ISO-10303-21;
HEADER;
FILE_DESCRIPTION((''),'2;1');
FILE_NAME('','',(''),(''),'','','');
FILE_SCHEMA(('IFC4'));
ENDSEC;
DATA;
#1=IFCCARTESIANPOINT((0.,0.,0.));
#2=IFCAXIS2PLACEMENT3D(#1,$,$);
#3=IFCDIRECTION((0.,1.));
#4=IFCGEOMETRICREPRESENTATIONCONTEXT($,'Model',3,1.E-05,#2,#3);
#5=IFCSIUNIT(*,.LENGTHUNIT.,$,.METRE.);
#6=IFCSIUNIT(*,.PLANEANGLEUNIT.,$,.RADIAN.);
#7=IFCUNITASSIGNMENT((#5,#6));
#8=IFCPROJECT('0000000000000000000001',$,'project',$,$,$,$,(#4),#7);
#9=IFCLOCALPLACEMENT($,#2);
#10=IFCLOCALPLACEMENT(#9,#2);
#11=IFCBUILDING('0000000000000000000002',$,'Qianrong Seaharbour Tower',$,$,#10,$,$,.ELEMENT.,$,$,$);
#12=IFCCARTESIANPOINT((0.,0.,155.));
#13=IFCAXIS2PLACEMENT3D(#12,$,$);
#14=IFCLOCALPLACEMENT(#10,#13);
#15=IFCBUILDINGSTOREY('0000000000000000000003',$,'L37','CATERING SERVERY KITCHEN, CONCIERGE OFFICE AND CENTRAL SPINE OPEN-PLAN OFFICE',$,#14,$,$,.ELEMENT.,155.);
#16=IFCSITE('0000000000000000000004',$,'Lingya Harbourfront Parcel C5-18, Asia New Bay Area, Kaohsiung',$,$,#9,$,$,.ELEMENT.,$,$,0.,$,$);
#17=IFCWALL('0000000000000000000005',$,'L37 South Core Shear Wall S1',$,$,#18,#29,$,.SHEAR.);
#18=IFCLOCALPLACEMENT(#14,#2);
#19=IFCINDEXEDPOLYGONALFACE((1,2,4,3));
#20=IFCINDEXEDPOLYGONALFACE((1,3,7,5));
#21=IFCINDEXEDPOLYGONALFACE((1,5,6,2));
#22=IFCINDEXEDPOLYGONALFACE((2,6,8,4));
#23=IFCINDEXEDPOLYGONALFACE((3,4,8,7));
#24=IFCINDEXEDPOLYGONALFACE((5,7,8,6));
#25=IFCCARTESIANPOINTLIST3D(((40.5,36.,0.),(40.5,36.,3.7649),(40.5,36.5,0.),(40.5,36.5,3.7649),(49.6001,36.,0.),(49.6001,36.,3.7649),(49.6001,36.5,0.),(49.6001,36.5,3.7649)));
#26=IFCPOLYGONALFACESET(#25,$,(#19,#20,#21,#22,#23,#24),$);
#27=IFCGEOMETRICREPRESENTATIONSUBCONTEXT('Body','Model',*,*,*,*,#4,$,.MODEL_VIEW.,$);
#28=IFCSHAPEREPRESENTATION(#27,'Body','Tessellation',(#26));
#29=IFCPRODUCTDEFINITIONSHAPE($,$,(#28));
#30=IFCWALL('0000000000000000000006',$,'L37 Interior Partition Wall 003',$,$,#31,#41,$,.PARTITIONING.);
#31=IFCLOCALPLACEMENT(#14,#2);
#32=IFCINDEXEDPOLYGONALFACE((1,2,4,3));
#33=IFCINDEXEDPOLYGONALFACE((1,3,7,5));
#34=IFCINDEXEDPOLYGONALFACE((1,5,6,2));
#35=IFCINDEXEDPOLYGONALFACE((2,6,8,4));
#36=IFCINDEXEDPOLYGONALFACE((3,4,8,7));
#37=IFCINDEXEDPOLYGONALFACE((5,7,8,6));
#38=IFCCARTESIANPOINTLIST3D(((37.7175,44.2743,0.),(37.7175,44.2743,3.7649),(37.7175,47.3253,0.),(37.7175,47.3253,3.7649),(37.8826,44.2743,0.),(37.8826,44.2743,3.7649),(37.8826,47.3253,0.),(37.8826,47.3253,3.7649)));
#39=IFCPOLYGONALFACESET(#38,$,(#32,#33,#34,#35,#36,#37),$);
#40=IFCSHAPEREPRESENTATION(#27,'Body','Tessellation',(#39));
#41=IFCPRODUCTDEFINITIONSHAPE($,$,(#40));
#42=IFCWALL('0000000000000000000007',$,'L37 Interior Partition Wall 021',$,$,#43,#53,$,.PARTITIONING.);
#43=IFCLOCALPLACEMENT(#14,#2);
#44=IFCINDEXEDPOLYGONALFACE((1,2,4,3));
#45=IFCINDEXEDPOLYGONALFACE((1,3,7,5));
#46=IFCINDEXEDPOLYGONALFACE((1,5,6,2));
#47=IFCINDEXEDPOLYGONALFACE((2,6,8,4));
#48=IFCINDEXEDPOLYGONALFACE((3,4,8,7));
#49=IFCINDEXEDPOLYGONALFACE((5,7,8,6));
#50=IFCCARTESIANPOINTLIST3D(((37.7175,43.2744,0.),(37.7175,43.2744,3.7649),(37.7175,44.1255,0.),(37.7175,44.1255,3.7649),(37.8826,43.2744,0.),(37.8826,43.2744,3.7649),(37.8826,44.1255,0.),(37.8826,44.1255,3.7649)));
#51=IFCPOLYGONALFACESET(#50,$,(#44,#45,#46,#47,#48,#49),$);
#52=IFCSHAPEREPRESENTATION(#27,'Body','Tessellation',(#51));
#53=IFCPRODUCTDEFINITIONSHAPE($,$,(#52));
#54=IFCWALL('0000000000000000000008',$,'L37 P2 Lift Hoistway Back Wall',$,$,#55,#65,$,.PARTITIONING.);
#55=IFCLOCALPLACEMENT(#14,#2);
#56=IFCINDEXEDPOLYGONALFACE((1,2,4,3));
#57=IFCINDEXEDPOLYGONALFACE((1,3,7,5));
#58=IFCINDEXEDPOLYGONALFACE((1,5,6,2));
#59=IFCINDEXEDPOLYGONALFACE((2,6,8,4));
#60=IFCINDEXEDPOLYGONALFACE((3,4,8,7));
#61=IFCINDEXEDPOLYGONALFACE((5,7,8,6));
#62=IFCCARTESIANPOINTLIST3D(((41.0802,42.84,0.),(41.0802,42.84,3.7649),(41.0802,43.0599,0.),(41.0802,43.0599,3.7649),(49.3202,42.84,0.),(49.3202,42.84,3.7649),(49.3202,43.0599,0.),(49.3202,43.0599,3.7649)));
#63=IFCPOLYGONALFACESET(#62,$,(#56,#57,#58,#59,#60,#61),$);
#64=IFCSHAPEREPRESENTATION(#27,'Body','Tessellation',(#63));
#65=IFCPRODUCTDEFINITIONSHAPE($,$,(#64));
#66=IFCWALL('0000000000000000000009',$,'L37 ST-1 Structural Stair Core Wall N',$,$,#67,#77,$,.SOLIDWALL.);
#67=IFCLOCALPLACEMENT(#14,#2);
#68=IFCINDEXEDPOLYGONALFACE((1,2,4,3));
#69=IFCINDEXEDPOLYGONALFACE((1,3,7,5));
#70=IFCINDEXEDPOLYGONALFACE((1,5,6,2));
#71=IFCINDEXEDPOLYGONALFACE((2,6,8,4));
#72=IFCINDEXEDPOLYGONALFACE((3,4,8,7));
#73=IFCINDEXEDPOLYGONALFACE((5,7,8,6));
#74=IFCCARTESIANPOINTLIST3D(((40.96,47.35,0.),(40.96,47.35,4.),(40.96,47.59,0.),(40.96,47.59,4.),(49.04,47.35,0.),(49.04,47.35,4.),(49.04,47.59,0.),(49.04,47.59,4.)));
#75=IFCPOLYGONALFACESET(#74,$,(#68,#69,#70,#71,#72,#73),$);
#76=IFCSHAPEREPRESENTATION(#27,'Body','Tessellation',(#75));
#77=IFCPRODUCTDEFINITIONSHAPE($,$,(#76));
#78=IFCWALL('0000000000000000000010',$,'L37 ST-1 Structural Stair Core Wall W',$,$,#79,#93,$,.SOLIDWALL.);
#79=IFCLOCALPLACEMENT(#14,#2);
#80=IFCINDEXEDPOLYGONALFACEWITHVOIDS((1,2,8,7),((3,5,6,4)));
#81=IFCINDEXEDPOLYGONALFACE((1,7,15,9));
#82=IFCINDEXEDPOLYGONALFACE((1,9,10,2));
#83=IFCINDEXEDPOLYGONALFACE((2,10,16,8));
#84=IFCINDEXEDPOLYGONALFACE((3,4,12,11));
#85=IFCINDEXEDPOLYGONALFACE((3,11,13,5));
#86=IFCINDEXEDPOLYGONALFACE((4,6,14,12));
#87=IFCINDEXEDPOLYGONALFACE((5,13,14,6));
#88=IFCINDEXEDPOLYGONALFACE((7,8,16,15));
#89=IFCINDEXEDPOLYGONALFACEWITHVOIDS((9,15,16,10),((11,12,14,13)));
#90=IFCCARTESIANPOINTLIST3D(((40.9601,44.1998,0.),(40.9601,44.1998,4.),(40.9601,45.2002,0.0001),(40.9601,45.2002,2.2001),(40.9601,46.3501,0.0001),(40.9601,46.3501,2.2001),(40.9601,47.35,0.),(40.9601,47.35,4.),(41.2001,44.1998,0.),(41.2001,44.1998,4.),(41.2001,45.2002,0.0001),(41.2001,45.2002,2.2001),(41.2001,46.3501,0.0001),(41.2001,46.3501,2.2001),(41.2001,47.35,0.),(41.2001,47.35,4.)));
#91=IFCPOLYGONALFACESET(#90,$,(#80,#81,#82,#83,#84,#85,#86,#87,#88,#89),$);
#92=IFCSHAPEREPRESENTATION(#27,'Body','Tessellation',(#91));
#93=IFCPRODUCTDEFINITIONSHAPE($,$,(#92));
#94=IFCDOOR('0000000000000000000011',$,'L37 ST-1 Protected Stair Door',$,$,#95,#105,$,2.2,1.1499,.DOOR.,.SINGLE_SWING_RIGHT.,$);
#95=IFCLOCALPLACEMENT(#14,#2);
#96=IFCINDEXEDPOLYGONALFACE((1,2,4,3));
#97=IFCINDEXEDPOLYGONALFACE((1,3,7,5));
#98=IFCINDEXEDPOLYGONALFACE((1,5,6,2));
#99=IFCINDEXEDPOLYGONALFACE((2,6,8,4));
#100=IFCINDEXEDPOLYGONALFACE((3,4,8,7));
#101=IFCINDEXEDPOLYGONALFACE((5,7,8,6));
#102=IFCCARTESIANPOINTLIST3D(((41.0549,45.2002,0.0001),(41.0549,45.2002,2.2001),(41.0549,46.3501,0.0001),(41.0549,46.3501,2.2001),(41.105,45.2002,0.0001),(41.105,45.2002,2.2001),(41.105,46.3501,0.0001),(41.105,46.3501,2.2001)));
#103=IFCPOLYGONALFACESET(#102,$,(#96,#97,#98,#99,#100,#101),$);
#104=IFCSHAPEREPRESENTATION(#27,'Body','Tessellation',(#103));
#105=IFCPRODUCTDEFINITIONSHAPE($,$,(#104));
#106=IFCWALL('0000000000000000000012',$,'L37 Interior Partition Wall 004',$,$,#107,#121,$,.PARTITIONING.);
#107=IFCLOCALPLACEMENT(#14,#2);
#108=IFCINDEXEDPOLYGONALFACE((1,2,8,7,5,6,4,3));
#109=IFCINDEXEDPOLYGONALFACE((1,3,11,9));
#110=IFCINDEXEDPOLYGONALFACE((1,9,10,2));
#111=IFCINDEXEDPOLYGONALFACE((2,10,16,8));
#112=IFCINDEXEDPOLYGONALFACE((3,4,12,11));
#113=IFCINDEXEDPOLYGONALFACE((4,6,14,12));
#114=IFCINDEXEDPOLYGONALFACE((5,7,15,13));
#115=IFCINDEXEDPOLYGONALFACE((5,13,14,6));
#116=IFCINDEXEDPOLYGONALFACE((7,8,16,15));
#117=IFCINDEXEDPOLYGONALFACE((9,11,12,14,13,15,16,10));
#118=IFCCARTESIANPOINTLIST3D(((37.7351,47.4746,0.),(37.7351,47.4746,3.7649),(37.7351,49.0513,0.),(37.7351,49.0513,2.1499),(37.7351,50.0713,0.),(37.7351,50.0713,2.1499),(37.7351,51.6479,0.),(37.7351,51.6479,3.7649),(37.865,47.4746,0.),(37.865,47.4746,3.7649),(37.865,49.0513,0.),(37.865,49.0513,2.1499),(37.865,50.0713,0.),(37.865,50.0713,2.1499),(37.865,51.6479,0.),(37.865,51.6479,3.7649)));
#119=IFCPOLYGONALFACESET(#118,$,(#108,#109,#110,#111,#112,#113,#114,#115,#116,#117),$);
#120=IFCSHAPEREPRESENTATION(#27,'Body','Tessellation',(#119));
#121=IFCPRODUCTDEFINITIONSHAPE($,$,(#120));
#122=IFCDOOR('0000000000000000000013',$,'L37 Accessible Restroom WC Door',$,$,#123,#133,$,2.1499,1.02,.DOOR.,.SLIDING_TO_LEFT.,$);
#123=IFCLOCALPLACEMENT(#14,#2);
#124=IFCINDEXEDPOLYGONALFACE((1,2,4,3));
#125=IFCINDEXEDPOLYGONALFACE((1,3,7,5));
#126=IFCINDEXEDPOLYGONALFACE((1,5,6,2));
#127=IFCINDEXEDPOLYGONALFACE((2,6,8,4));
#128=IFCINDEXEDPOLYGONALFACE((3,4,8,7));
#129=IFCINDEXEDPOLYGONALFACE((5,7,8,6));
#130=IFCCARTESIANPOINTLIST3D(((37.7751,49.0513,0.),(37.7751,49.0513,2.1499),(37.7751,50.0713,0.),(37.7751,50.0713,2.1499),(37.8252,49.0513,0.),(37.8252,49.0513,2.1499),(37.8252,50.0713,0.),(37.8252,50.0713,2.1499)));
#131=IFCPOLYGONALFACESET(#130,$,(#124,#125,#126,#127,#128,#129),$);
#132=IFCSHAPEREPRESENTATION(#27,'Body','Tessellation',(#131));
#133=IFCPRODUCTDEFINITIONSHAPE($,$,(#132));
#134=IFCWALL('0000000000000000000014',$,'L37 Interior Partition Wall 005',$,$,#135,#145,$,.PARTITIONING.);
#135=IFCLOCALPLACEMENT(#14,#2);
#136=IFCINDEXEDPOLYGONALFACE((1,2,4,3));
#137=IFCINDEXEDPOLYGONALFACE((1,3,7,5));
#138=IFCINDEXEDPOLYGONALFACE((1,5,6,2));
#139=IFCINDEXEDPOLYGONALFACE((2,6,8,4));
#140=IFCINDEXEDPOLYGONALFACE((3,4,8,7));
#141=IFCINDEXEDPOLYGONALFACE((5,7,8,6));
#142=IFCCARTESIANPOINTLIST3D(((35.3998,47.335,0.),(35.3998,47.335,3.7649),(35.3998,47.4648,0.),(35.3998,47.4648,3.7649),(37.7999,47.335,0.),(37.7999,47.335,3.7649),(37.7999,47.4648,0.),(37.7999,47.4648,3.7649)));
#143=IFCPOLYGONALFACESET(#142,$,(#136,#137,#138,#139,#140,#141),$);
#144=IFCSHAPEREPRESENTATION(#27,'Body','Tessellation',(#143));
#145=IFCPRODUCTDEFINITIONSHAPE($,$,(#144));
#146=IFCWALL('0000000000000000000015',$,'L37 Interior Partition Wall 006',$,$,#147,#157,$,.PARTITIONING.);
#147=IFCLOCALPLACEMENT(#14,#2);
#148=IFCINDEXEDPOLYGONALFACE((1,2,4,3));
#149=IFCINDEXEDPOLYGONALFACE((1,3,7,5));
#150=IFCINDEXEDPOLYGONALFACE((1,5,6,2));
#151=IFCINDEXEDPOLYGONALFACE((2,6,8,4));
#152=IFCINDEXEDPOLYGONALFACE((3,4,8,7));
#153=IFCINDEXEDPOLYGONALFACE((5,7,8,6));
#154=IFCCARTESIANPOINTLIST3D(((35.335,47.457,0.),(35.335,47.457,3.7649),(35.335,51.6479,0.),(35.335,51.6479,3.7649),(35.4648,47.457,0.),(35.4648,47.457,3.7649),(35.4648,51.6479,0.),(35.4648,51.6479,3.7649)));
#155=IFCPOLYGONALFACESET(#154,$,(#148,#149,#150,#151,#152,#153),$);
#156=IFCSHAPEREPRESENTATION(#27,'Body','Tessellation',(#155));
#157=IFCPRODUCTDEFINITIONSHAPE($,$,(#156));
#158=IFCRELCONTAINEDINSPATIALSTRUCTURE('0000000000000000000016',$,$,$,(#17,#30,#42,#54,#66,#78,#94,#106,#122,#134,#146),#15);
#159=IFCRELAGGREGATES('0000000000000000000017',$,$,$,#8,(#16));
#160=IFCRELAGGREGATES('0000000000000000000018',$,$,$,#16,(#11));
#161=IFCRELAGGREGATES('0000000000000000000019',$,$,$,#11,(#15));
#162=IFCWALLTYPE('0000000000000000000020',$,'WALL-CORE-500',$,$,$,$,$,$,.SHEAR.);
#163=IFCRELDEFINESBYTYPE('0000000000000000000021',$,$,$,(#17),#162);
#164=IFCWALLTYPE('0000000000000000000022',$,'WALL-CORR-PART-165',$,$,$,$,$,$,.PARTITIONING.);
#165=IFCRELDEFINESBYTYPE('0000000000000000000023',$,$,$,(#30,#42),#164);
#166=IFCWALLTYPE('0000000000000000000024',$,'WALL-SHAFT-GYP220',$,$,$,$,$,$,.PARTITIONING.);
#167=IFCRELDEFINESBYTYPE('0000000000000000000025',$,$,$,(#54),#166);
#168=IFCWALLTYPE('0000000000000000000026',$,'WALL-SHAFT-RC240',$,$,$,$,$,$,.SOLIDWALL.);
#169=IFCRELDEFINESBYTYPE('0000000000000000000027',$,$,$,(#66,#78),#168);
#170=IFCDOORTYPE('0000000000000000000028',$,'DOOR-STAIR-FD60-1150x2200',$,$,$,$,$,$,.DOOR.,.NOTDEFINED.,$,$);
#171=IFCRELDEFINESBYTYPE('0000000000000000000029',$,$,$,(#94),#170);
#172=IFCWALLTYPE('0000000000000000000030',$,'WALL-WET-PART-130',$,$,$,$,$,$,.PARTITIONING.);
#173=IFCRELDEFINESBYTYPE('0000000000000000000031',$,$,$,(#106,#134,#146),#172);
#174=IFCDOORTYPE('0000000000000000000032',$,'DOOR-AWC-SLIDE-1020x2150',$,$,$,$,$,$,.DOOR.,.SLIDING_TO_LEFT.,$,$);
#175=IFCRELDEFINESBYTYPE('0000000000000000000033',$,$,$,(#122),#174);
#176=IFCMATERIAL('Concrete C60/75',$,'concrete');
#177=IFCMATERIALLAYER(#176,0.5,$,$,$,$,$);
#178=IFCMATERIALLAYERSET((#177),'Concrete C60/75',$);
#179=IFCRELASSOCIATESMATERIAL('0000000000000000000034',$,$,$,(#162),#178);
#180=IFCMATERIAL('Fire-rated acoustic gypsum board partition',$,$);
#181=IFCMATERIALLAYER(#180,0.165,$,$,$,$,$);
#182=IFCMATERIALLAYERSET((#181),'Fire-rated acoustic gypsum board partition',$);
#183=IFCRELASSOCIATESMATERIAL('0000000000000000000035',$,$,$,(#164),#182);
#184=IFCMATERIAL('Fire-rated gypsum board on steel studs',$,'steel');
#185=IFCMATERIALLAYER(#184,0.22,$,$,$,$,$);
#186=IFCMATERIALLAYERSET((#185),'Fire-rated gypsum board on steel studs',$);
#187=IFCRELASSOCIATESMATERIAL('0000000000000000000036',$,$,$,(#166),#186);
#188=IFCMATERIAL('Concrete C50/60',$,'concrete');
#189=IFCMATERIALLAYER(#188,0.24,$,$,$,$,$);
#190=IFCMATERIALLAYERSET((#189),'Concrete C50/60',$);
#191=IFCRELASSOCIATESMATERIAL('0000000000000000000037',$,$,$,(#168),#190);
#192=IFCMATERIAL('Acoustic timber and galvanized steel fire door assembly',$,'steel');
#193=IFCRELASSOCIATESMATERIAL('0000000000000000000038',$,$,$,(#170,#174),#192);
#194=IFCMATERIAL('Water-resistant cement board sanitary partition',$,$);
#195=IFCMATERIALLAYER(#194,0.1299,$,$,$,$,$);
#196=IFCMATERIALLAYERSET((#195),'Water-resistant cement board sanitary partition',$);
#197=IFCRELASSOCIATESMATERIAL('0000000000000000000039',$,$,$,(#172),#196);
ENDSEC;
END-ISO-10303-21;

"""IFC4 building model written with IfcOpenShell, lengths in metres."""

from ifc_helpers import new_model, si_unit, direction, frame, frame_2d, origin, place, context, subcontext, project, spatial, rectangle, extrude, material, layer, layer_set, type_object, element, fill, save


model = new_model("IFC4")

# Units and contexts
model_context = context("Model", 3, precision=1e-05, world=origin(), true_north=direction((0.0, 1.0)))
body_context = subcontext(model_context, "Body", "Model", "MODEL_VIEW")
ifc_project = project(units=[si_unit("LENGTHUNIT", "METRE"), si_unit("PLANEANGLEUNIT", "RADIAN")], contexts=[model_context])

# Site, building, storey
site_placement = place(None, origin())
site = spatial("IfcSite", under=ifc_project, at=site_placement, Name="Lingya Harbourfront Parcel C5-18, Asia New Bay Area, Kaohsiung", CompositionType="ELEMENT", RefElevation=0.0)
building_placement = place(site_placement, origin())
building = spatial("IfcBuilding", under=site, at=building_placement, Name="Qianrong Seaharbour Tower", CompositionType="ELEMENT")
storey_placement = place(building_placement, frame((0.0, 0.0, 155.0)))
storey = spatial("IfcBuildingStorey", under=building, at=storey_placement, Name="L37", Description="CATERING SERVERY KITCHEN, CONCIERGE OFFICE AND CENTRAL SPINE OPEN-PLAN OFFICE", CompositionType="ELEMENT", Elevation=155.0)

# Wall
ifc_material_1 = material(Name="Concrete C60/75", Category="concrete")
ifc_layer_1 = layer(ifc_material_1, 0.5)
ifc_layer_set_1 = layer_set([ifc_layer_1], Name="Concrete C60/75")
wall_type_1 = type_object("IfcWallType", Name="WALL-CORE-500", PredefinedType="SHEAR", material=ifc_layer_set_1)
wall_1_placement = place(storey_placement, frame((40.5, 36.25, 0.0), z_axis=(0.0, 0.0, 1.0), x_axis=(1.0, 0.0, 0.0)))
element("IfcWall", 1, at=wall_1_placement, inside=storey, type_object=wall_type_1, Name="L37 South Core Shear Wall S1", PredefinedType="SHEAR", context=body_context, shape_type="SweptSolid", body=[
    extrude(rectangle(XDim=9.1001, YDim=0.5, at=frame_2d((4.55, 0.0))), origin(), (0.0, 0.0, 1.0), 3.7649),
])

# Shared definitions
ifc_material_2 = material(Name="Fire-rated acoustic gypsum board partition")
ifc_layer_2 = layer(ifc_material_2, 0.165)
ifc_layer_set_2 = layer_set([ifc_layer_2], Name="Fire-rated acoustic gypsum board partition")
wall_type_2 = type_object("IfcWallType", Name="WALL-CORR-PART-165", PredefinedType="PARTITIONING", material=ifc_layer_set_2)
ifc_material_3 = material(Name="Acoustic timber and galvanized steel fire door assembly", Category="steel")

# Walls
wall_2_placement = place(storey_placement, frame((37.8, 44.2744, 0.0), z_axis=(0.0, 0.0, 1.0), x_axis=(0.0, 1.0, 0.0)))
element("IfcWall", 2, at=wall_2_placement, inside=storey, type_object=wall_type_2, Name="L37 Interior Partition Wall 003", PredefinedType="PARTITIONING", context=body_context, shape_type="SweptSolid", body=[
    extrude(rectangle(XDim=3.051, YDim=0.165, at=frame_2d((1.5254, 0.0))), origin(), (0.0, 0.0, 1.0), 3.7649),
])
wall_3_placement = place(storey_placement, frame((37.8, 43.2744, 0.0), z_axis=(0.0, 0.0, 1.0), x_axis=(0.0, 1.0, 0.0)))
element("IfcWall", 3, at=wall_3_placement, inside=storey, type_object=wall_type_2, Name="L37 Interior Partition Wall 021", PredefinedType="PARTITIONING", context=body_context, shape_type="SweptSolid", body=[
    extrude(rectangle(XDim=0.8511, YDim=0.165, at=frame_2d((0.4255, 0.0))), origin(), (0.0, 0.0, 1.0), 3.7649),
])
ifc_material_4 = material(Name="Fire-rated gypsum board on steel studs", Category="steel")
ifc_layer_3 = layer(ifc_material_4, 0.22)
ifc_layer_set_3 = layer_set([ifc_layer_3], Name="Fire-rated gypsum board on steel studs")
wall_type_3 = type_object("IfcWallType", Name="WALL-SHAFT-GYP220", PredefinedType="PARTITIONING", material=ifc_layer_set_3)
wall_4_placement = place(storey_placement, frame((41.0801, 42.95, 0.0), z_axis=(0.0, 0.0, 1.0), x_axis=(1.0, 0.0, 0.0)))
element("IfcWall", 4, at=wall_4_placement, inside=storey, type_object=wall_type_3, Name="L37 P2 Lift Hoistway Back Wall", PredefinedType="PARTITIONING", context=body_context, shape_type="SweptSolid", body=[
    extrude(rectangle(XDim=8.24, YDim=0.22, at=frame_2d((4.1201, 0.0))), origin(), (0.0, 0.0, 1.0), 3.7649),
])
ifc_material_5 = material(Name="Concrete C50/60", Category="concrete")
ifc_layer_4 = layer(ifc_material_5, 0.24)
ifc_layer_set_4 = layer_set([ifc_layer_4], Name="Concrete C50/60")
wall_type_4 = type_object("IfcWallType", Name="WALL-SHAFT-RC240", PredefinedType="SOLIDWALL", material=ifc_layer_set_4)
wall_5_placement = place(storey_placement, frame((40.96, 47.47, 0.0), z_axis=(0.0, 0.0, 1.0), x_axis=(1.0, 0.0, 0.0)))
element("IfcWall", 5, at=wall_5_placement, inside=storey, type_object=wall_type_4, Name="L37 ST-1 Structural Stair Core Wall N", PredefinedType="SOLIDWALL", context=body_context, shape_type="SweptSolid", body=[
    extrude(rectangle(XDim=8.0801, YDim=0.24, at=frame_2d((4.04, 0.0))), origin(), (0.0, 0.0, 1.0), 4.0),
])

# Walls, openings, doors
wall_6_placement = place(storey_placement, frame((41.0801, 47.3501, 0.0), z_axis=(0.0, 0.0, 1.0), x_axis=(0.0, -1.0, 0.0)))
wall_6 = element("IfcWall", 6, at=wall_6_placement, inside=storey, type_object=wall_type_4, Name="L37 ST-1 Structural Stair Core Wall W", PredefinedType="SOLIDWALL", context=body_context, shape_type="SweptSolid", body=[
    extrude(rectangle(XDim=3.1501, YDim=0.24, at=frame_2d((1.5752, 0.0))), origin(), (0.0, 0.0, 1.0), 4.0),
])
opening_1_placement = place(wall_6_placement, frame((1.0, 0.0, 0.0)))
opening_1 = element("IfcOpeningElement", 7, at=opening_1_placement, cuts=wall_6, PredefinedType="OPENING", context=body_context, shape_type="SweptSolid", body=[
    extrude(rectangle(XDim=1.1499, YDim=2.2, at=frame_2d((0.575, 1.1001))), frame((0.0, 0.1299, 0.0), z_axis=(0.0, -1.0, 0.0), x_axis=(1.0, 0.0, 0.0)), (0.0, 0.0, 1.0), 0.26),
])
door_type_1 = type_object("IfcDoorType", Name="DOOR-STAIR-FD60-1150x2200", OperationType="NOTDEFINED", PredefinedType="DOOR", material=ifc_material_3)
door_1_placement = place(opening_1_placement, origin())
door_1 = element("IfcDoor", 8, at=door_1_placement, inside=storey, type_object=door_type_1, Name="L37 ST-1 Protected Stair Door", OperationType="SINGLE_SWING_RIGHT", OverallHeight=2.2, OverallWidth=1.1499, PredefinedType="DOOR", context=body_context, shape_type="SweptSolid", body=[
    extrude(rectangle(XDim=1.1499, YDim=2.2, at=frame_2d((0.575, 1.1001))), frame((0.0, 0.0249, 0.0), z_axis=(0.0, -1.0, 0.0), x_axis=(1.0, 0.0, 0.0)), (0.0, 0.0, 1.0), 0.05),
])
fill(opening_1, door_1)
ifc_material_6 = material(Name="Water-resistant cement board sanitary partition")
ifc_layer_5 = layer(ifc_material_6, 0.1299)
ifc_layer_set_5 = layer_set([ifc_layer_5], Name="Water-resistant cement board sanitary partition")
wall_type_5 = type_object("IfcWallType", Name="WALL-WET-PART-130", PredefinedType="PARTITIONING", material=ifc_layer_set_5)
wall_7_placement = place(storey_placement, frame((37.8, 47.4746, 0.0), z_axis=(0.0, 0.0, 1.0), x_axis=(0.0, 1.0, 0.0)))
wall_7 = element("IfcWall", 9, at=wall_7_placement, inside=storey, type_object=wall_type_5, Name="L37 Interior Partition Wall 004", PredefinedType="PARTITIONING", context=body_context, shape_type="SweptSolid", body=[
    extrude(rectangle(XDim=4.1733, YDim=0.1299, at=frame_2d((2.0867, 0.0))), origin(), (0.0, 0.0, 1.0), 3.7649),
])
opening_2_placement = place(wall_7_placement, frame((1.5767, 0.0, 0.0)))
opening_2 = element("IfcOpeningElement", 10, at=opening_2_placement, cuts=wall_7, PredefinedType="OPENING", context=body_context, shape_type="SweptSolid", body=[
    extrude(rectangle(XDim=1.02, YDim=2.1499, at=frame_2d((0.51, 1.075))), frame((0.0, 0.075, 0.0), z_axis=(0.0, -1.0, 0.0), x_axis=(1.0, 0.0, 0.0)), (0.0, 0.0, 1.0), 0.1499),
])
door_type_2 = type_object("IfcDoorType", Name="DOOR-AWC-SLIDE-1020x2150", OperationType="SLIDING_TO_LEFT", PredefinedType="DOOR", material=ifc_material_3)
door_2_placement = place(opening_2_placement, origin())
door_2 = element("IfcDoor", 11, at=door_2_placement, inside=storey, type_object=door_type_2, Name="L37 Accessible Restroom WC Door", OperationType="SLIDING_TO_LEFT", OverallHeight=2.1499, OverallWidth=1.02, PredefinedType="DOOR", context=body_context, shape_type="SweptSolid", body=[
    extrude(rectangle(XDim=1.02, YDim=2.1499, at=frame_2d((0.51, 1.075))), frame((0.0, 0.0249, 0.0), z_axis=(0.0, -1.0, 0.0), x_axis=(1.0, 0.0, 0.0)), (0.0, 0.0, 1.0), 0.05),
])
fill(opening_2, door_2)

# Walls
wall_8_placement = place(storey_placement, frame((37.8, 47.3999, 0.0), z_axis=(0.0, 0.0, 1.0), x_axis=(-1.0, 0.0, 0.0)))
element("IfcWall", 12, at=wall_8_placement, inside=storey, type_object=wall_type_5, Name="L37 Interior Partition Wall 005", PredefinedType="PARTITIONING", context=body_context, shape_type="SweptSolid", body=[
    extrude(rectangle(XDim=2.4001, YDim=0.1299, at=frame_2d((1.2002, 0.0))), origin(), (0.0, 0.0, 1.0), 3.7649),
])
wall_9_placement = place(storey_placement, frame((35.3999, 47.457, 0.0), z_axis=(0.0, 0.0, 1.0), x_axis=(0.0, 1.0, 0.0)))
element("IfcWall", 13, at=wall_9_placement, inside=storey, type_object=wall_type_5, Name="L37 Interior Partition Wall 006", PredefinedType="PARTITIONING", context=body_context, shape_type="SweptSolid", body=[
    extrude(rectangle(XDim=4.1909, YDim=0.1299, at=frame_2d((2.0955, 0.0))), origin(), (0.0, 0.0, 1.0), 3.7649),
])

save(model, "model.ifc")
